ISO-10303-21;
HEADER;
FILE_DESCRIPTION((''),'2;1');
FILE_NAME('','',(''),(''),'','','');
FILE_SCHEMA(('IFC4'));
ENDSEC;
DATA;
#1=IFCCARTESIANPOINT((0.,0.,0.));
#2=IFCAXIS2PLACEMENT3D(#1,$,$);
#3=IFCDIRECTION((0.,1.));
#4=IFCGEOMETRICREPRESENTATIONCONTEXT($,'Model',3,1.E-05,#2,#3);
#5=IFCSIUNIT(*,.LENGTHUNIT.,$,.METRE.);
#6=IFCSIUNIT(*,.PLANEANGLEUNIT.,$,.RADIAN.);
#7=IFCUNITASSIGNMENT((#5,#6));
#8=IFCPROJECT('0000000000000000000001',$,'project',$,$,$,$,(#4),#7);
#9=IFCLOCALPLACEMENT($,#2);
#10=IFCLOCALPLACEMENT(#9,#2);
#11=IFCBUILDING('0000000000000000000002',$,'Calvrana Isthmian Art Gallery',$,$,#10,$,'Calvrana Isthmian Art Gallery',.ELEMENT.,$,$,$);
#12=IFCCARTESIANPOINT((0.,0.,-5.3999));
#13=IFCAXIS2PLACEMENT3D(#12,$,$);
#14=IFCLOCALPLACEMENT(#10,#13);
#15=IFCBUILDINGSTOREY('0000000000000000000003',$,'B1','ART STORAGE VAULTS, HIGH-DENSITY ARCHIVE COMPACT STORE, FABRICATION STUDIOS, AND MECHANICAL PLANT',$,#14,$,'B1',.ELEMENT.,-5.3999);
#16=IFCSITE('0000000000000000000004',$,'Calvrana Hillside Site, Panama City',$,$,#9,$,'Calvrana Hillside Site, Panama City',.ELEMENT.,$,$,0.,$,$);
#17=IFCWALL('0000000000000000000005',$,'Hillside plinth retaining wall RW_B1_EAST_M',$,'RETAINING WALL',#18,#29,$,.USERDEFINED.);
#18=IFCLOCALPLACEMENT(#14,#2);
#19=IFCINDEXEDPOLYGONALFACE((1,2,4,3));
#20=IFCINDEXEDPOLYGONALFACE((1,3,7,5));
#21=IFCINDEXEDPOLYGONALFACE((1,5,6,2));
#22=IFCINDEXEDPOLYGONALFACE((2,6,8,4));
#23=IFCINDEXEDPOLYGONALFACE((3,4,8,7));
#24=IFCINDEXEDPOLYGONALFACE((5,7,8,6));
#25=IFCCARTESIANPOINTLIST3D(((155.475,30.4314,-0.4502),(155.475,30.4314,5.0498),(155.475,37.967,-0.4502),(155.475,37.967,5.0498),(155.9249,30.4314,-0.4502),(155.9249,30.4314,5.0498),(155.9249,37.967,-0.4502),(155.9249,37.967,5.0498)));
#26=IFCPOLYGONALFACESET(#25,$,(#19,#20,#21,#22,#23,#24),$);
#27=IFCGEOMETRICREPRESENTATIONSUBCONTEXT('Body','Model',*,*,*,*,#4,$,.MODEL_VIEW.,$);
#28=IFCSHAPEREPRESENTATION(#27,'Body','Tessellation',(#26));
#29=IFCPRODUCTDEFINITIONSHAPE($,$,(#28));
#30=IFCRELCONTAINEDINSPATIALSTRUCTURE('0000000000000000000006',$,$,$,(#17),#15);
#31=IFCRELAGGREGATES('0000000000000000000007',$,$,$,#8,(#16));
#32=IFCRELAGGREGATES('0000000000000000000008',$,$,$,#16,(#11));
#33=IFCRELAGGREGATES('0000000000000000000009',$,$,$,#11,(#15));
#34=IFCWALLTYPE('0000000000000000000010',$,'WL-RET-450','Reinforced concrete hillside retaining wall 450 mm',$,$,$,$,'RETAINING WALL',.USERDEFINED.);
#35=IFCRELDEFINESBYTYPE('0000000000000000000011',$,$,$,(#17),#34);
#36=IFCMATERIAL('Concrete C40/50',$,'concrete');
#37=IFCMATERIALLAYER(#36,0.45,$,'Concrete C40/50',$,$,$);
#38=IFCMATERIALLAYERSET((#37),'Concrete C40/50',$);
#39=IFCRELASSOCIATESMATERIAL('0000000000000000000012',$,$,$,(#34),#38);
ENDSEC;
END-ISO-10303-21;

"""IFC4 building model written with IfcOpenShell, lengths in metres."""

from ifc_helpers import new_model, si_unit, direction, frame, frame_2d, origin, place, context, subcontext, project, spatial, rectangle, extrude, material, layer, layer_set, type_object, element, save


model = new_model("IFC4")

# Units and contexts
model_context = context("Model", 3, precision=1e-05, world=origin(), true_north=direction((0.0, 1.0)))
body_context = subcontext(model_context, "Body", "Model", "MODEL_VIEW")
ifc_project = project(units=[si_unit("LENGTHUNIT", "METRE"), si_unit("PLANEANGLEUNIT", "RADIAN")], contexts=[model_context])

# Site, building, storey
site_placement = place(None, origin())
site = spatial("IfcSite", under=ifc_project, at=site_placement, Name="Calvrana Hillside Site, Panama City", LongName="Calvrana Hillside Site, Panama City", CompositionType="ELEMENT", RefElevation=0.0)
building_placement = place(site_placement, origin())
building = spatial("IfcBuilding", under=site, at=building_placement, Name="Calvrana Isthmian Art Gallery", LongName="Calvrana Isthmian Art Gallery", CompositionType="ELEMENT")
storey_placement = place(building_placement, frame((0.0, 0.0, -5.3999)))
storey = spatial("IfcBuildingStorey", under=building, at=storey_placement, Name="B1", Description="ART STORAGE VAULTS, HIGH-DENSITY ARCHIVE COMPACT STORE, FABRICATION STUDIOS, AND MECHANICAL PLANT", LongName="B1", CompositionType="ELEMENT", Elevation=-5.3999)

# Shared definitions
ifc_material_1 = material(Name="Concrete C40/50", Category="concrete")

# Wall
ifc_layer_1 = layer(ifc_material_1, 0.45, Name="Concrete C40/50")
ifc_layer_set_1 = layer_set([ifc_layer_1], Name="Concrete C40/50")
wall_type_1 = type_object("IfcWallType", Name="WL-RET-450", Description="Reinforced concrete hillside retaining wall 450 mm", ElementType="RETAINING WALL", PredefinedType="USERDEFINED", material=ifc_layer_set_1)
wall_1_placement = place(storey_placement, frame((155.7, 30.4314, -0.4502), z_axis=(0.0, 0.0, 1.0), x_axis=(0.0, 1.0, 0.0)))
element("IfcWall", 1, at=wall_1_placement, inside=storey, type_object=wall_type_1, Name="Hillside plinth retaining wall RW_B1_EAST_M", ObjectType="RETAINING WALL", PredefinedType="USERDEFINED", context=body_context, shape_type="SweptSolid", body=[
    extrude(rectangle(XDim=7.5356, YDim=0.45, at=frame_2d((3.7678, 0.0))), origin(), (0.0, 0.0, 1.0), 5.5),
])

save(model, "model.ifc")
